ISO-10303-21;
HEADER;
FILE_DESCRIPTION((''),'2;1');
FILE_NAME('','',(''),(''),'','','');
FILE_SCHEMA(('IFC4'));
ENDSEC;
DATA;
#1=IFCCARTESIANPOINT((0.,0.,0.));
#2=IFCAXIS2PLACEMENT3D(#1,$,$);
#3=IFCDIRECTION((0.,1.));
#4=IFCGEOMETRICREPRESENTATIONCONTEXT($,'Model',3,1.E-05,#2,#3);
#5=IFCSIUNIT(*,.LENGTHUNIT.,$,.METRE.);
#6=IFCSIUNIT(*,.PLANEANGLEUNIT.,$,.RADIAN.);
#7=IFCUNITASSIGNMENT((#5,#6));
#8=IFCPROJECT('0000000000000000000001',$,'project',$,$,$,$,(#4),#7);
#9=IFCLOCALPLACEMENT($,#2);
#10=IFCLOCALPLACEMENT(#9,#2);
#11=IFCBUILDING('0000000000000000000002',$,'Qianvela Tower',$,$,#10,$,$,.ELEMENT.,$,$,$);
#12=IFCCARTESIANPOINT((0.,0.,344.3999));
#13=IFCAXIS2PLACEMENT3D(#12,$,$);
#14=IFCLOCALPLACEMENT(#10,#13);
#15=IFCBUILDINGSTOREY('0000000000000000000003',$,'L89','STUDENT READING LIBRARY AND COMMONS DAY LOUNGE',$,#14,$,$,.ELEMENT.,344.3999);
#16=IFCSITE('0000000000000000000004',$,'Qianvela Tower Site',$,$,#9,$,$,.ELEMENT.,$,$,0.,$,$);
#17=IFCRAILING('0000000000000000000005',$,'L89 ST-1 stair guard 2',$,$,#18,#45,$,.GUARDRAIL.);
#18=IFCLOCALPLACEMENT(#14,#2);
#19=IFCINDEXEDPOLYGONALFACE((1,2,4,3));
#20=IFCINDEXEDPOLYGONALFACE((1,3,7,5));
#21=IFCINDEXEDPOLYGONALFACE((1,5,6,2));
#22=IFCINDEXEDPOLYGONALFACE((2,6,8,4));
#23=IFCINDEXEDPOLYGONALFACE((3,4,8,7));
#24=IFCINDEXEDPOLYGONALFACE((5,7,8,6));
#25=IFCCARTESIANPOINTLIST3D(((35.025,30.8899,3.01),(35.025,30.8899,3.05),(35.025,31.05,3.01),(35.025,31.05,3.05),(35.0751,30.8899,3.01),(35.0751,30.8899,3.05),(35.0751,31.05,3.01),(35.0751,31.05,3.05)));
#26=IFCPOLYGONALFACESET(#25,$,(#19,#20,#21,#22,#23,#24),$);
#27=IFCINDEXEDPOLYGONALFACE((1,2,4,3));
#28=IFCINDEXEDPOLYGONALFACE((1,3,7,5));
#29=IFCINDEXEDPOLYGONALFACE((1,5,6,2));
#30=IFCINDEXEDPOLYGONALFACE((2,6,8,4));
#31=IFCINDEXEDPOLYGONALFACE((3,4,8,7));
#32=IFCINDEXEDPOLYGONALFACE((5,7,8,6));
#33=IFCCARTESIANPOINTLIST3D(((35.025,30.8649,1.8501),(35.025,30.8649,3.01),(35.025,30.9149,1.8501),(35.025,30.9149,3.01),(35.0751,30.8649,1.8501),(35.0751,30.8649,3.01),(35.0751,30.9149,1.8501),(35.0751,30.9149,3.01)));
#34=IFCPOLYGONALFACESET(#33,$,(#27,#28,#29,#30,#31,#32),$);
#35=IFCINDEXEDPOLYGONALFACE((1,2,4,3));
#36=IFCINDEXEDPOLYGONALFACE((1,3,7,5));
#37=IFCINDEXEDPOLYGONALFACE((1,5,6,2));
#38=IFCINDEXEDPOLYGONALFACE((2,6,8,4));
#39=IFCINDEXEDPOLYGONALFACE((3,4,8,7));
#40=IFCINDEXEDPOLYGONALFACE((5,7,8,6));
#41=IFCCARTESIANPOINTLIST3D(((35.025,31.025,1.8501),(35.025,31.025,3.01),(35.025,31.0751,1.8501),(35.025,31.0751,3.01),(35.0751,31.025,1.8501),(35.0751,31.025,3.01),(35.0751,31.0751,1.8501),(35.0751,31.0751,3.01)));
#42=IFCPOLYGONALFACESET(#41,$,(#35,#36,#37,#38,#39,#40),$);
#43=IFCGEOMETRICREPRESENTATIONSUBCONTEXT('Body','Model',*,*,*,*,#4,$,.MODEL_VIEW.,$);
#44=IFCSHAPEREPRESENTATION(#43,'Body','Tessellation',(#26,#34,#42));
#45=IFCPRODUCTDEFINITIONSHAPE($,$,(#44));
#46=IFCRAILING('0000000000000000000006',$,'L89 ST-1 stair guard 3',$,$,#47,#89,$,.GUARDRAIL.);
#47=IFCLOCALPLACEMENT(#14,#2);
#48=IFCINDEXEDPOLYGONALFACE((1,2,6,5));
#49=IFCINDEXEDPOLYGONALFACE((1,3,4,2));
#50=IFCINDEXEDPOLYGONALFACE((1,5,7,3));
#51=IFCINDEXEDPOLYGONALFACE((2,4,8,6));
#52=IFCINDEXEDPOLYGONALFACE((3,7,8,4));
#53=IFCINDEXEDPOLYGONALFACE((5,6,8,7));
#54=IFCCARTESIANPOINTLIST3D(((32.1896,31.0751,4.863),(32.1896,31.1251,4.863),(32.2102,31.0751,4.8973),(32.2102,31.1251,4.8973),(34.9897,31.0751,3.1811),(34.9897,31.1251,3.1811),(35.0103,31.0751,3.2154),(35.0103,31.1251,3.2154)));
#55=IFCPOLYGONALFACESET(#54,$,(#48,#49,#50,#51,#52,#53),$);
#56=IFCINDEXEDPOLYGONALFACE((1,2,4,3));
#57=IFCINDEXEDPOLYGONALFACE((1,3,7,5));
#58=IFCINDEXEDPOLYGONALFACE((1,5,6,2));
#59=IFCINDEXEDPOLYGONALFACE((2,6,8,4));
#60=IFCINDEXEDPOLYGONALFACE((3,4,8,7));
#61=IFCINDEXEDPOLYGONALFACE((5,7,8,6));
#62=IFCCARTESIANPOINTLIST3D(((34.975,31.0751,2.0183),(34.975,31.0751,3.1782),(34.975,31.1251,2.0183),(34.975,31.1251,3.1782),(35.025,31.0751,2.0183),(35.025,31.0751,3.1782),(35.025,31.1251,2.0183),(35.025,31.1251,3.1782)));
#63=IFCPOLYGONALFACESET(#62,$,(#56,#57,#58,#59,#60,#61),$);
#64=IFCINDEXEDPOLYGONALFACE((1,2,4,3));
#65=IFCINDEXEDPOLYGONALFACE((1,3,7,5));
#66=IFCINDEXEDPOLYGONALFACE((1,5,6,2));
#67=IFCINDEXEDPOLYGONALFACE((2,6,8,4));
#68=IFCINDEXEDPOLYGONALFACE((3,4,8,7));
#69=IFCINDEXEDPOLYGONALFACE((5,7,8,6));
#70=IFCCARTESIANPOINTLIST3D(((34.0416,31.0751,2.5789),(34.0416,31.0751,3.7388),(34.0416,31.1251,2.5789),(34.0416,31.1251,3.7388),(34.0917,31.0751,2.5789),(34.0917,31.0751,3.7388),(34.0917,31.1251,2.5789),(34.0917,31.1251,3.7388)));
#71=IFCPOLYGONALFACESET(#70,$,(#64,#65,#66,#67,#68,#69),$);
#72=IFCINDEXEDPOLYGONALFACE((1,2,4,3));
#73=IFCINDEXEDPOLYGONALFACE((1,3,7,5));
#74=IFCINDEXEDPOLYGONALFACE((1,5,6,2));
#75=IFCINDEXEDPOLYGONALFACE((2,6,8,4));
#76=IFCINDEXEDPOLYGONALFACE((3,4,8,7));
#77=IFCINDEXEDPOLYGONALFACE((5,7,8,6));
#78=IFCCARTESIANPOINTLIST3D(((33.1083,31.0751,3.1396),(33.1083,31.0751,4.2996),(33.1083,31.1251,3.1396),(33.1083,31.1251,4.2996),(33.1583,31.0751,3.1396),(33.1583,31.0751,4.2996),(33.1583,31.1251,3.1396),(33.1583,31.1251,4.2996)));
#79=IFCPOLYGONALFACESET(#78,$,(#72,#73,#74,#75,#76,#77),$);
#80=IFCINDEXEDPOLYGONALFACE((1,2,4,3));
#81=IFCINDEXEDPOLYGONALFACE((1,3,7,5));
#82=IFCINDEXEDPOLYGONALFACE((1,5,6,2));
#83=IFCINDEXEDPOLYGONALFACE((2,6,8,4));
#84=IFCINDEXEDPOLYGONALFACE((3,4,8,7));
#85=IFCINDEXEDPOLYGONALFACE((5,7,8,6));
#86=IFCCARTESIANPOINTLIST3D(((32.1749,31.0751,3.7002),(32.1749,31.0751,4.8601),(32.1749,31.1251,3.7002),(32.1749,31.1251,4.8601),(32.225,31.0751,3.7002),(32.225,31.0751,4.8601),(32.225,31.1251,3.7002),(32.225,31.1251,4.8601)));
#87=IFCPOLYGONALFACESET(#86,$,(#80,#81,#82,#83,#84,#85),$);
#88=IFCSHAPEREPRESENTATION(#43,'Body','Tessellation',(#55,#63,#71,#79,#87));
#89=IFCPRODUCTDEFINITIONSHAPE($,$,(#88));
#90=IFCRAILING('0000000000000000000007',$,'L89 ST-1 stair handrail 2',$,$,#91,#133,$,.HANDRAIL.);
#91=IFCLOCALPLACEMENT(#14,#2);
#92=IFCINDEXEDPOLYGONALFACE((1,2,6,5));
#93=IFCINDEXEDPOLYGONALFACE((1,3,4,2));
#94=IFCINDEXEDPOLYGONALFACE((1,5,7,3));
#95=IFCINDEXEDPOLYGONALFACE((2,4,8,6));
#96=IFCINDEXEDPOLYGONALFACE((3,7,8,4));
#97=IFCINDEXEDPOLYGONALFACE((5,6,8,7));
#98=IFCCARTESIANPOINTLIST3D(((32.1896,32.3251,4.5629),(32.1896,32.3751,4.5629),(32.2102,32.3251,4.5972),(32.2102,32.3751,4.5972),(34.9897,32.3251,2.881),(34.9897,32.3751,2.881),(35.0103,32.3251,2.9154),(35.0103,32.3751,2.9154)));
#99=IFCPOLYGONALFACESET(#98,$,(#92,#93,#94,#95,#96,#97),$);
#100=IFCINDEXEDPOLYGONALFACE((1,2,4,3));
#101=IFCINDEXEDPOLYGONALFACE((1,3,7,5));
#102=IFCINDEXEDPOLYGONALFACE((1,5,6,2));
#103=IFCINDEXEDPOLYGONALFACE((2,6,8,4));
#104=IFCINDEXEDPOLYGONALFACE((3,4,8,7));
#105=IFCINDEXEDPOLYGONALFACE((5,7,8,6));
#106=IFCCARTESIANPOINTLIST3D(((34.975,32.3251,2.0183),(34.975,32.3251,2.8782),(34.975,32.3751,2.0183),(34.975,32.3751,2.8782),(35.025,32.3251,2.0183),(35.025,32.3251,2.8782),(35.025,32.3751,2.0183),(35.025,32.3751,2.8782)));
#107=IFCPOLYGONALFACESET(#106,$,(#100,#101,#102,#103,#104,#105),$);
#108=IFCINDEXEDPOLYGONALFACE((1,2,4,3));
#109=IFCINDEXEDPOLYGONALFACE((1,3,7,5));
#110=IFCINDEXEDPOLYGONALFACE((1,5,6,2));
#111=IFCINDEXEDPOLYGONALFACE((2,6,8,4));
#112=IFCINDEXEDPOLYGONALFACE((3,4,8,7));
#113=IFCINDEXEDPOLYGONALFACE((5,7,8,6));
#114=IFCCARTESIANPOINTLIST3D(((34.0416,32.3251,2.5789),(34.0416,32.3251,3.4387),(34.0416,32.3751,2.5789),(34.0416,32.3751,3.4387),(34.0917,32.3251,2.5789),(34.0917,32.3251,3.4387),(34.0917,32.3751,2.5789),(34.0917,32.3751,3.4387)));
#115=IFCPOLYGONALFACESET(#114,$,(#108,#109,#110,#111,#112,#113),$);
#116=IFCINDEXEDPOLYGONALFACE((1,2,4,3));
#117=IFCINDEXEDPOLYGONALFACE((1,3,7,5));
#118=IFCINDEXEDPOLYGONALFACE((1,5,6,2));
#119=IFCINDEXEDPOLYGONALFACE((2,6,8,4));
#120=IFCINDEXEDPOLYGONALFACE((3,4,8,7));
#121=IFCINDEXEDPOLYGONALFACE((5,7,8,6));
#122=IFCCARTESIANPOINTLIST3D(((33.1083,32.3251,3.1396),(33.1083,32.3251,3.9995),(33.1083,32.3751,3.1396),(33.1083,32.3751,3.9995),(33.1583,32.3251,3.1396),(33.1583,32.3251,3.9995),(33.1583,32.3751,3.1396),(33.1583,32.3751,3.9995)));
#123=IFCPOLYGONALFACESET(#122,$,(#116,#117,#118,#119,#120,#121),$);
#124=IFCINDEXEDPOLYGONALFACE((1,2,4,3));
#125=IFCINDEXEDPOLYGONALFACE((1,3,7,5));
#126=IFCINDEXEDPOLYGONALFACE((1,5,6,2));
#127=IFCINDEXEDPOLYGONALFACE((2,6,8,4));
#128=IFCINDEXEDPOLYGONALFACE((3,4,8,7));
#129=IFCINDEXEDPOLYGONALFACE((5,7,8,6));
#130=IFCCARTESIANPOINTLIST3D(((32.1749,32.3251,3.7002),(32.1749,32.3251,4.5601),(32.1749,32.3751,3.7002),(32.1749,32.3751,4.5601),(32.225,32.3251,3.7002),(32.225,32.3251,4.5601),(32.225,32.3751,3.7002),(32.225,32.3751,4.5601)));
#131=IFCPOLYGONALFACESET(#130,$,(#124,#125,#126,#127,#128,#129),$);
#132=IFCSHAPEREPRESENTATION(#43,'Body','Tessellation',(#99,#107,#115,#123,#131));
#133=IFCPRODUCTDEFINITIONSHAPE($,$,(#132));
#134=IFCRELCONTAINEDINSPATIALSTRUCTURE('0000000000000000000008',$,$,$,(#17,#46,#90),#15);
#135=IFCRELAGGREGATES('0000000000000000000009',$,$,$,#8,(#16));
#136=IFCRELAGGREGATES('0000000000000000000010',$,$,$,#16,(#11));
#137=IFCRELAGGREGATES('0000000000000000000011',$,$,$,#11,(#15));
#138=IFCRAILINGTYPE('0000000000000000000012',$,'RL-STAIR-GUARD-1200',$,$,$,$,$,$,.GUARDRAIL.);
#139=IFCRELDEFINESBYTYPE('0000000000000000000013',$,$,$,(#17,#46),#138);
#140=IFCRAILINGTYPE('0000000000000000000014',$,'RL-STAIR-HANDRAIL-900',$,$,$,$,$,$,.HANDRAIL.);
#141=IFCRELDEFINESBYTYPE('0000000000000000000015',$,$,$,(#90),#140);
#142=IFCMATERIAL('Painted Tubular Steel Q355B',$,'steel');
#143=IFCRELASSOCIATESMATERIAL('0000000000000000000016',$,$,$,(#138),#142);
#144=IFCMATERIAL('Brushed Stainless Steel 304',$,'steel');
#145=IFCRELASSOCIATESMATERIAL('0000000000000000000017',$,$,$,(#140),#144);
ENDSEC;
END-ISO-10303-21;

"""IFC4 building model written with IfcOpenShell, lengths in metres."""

from ifc_helpers import new_model, si_unit, direction, frame, origin, origin_2d, place, context, subcontext, project, spatial, rectangle, extrude, material, type_object, element, save


model = new_model("IFC4")

# Units and contexts
model_context = context("Model", 3, precision=1e-05, world=origin(), true_north=direction((0.0, 1.0)))
body_context = subcontext(model_context, "Body", "Model", "MODEL_VIEW")
ifc_project = project(units=[si_unit("LENGTHUNIT", "METRE"), si_unit("PLANEANGLEUNIT", "RADIAN")], contexts=[model_context])

# Site, building, storey
site_placement = place(None, origin())
site = spatial("IfcSite", under=ifc_project, at=site_placement, Name="Qianvela Tower Site", CompositionType="ELEMENT", RefElevation=0.0)
building_placement = place(site_placement, origin())
building = spatial("IfcBuilding", under=site, at=building_placement, Name="Qianvela Tower", CompositionType="ELEMENT")
storey_placement = place(building_placement, frame((0.0, 0.0, 344.3999)))
storey = spatial("IfcBuildingStorey", under=building, at=storey_placement, Name="L89", Description="STUDENT READING LIBRARY AND COMMONS DAY LOUNGE", CompositionType="ELEMENT", Elevation=344.3999)

# Railings
ifc_material_1 = material(Name="Painted Tubular Steel Q355B", Category="steel")
railing_type_1 = type_object("IfcRailingType", Name="RL-STAIR-GUARD-1200", PredefinedType="GUARDRAIL", material=ifc_material_1)
railing_1_placement = place(storey_placement, frame((35.05, 30.8899, 1.8501)))
element("IfcRailing", 1, at=railing_1_placement, inside=storey, type_object=railing_type_1, Name="L89 ST-1 stair guard 2", PredefinedType="GUARDRAIL", context=body_context, shape_type="SweptSolid", body=[
    extrude(rectangle(XDim=0.05, YDim=0.04, at=origin_2d()), frame((0.0, 0.0, 1.1799), z_axis=(0.0, 1.0, 0.0), x_axis=(-1.0, 0.0, 0.0)), (0.0, 0.0, 1.0), 0.1602),
    extrude(rectangle(XDim=0.05, YDim=0.05, at=origin_2d()), origin(), (0.0, 0.0, 1.0), 1.1599),
    extrude(rectangle(XDim=0.05, YDim=0.05, at=origin_2d()), frame((0.0, 0.1602, 0.0)), (0.0, 0.0, 1.0), 1.1599),
])
railing_2_placement = place(storey_placement, frame((35.0, 31.1001, 2.0183)))
element("IfcRailing", 2, at=railing_2_placement, inside=storey, type_object=railing_type_1, Name="L89 ST-1 stair guard 3", PredefinedType="GUARDRAIL", context=body_context, shape_type="SweptSolid", body=[
    extrude(rectangle(XDim=0.05, YDim=0.04, at=origin_2d()), frame((0.0, 0.0, 1.1799), z_axis=(-0.857242, 0.0, 0.514913), x_axis=(0.0, -1.0, 0.0)), (0.0, 0.0, 1.0), 3.2664),
    extrude(rectangle(XDim=0.05, YDim=0.05, at=origin_2d()), origin(), (0.0, 0.0, 1.0), 1.1599),
    extrude(rectangle(XDim=0.05, YDim=0.05, at=origin_2d()), frame((-0.9333, 0.0, 0.5605)), (0.0, 0.0, 1.0), 1.1599),
    extrude(rectangle(XDim=0.05, YDim=0.05, at=origin_2d()), frame((-1.8667, 0.0, 1.1213)), (0.0, 0.0, 1.0), 1.1599),
    extrude(rectangle(XDim=0.05, YDim=0.05, at=origin_2d()), frame((-2.8, 0.0, 1.6819)), (0.0, 0.0, 1.0), 1.1599),
])
ifc_material_2 = material(Name="Brushed Stainless Steel 304", Category="steel")
railing_type_2 = type_object("IfcRailingType", Name="RL-STAIR-HANDRAIL-900", PredefinedType="HANDRAIL", material=ifc_material_2)
railing_3_placement = place(storey_placement, frame((35.0, 32.3501, 2.0183)))
element("IfcRailing", 3, at=railing_3_placement, inside=storey, type_object=railing_type_2, Name="L89 ST-1 stair handrail 2", PredefinedType="HANDRAIL", context=body_context, shape_type="SweptSolid", body=[
    extrude(rectangle(XDim=0.05, YDim=0.04, at=origin_2d()), frame((0.0, 0.0, 0.8799), z_axis=(-0.857242, 0.0, 0.514913), x_axis=(0.0, -1.0, 0.0)), (0.0, 0.0, 1.0), 3.2664),
    extrude(rectangle(XDim=0.05, YDim=0.05, at=origin_2d()), origin(), (0.0, 0.0, 1.0), 0.8599),
    extrude(rectangle(XDim=0.05, YDim=0.05, at=origin_2d()), frame((-0.9333, 0.0, 0.5605)), (0.0, 0.0, 1.0), 0.8599),
    extrude(rectangle(XDim=0.05, YDim=0.05, at=origin_2d()), frame((-1.8667, 0.0, 1.1213)), (0.0, 0.0, 1.0), 0.8599),
    extrude(rectangle(XDim=0.05, YDim=0.05, at=origin_2d()), frame((-2.8, 0.0, 1.6819)), (0.0, 0.0, 1.0), 0.8599),
])

save(model, "model.ifc")
